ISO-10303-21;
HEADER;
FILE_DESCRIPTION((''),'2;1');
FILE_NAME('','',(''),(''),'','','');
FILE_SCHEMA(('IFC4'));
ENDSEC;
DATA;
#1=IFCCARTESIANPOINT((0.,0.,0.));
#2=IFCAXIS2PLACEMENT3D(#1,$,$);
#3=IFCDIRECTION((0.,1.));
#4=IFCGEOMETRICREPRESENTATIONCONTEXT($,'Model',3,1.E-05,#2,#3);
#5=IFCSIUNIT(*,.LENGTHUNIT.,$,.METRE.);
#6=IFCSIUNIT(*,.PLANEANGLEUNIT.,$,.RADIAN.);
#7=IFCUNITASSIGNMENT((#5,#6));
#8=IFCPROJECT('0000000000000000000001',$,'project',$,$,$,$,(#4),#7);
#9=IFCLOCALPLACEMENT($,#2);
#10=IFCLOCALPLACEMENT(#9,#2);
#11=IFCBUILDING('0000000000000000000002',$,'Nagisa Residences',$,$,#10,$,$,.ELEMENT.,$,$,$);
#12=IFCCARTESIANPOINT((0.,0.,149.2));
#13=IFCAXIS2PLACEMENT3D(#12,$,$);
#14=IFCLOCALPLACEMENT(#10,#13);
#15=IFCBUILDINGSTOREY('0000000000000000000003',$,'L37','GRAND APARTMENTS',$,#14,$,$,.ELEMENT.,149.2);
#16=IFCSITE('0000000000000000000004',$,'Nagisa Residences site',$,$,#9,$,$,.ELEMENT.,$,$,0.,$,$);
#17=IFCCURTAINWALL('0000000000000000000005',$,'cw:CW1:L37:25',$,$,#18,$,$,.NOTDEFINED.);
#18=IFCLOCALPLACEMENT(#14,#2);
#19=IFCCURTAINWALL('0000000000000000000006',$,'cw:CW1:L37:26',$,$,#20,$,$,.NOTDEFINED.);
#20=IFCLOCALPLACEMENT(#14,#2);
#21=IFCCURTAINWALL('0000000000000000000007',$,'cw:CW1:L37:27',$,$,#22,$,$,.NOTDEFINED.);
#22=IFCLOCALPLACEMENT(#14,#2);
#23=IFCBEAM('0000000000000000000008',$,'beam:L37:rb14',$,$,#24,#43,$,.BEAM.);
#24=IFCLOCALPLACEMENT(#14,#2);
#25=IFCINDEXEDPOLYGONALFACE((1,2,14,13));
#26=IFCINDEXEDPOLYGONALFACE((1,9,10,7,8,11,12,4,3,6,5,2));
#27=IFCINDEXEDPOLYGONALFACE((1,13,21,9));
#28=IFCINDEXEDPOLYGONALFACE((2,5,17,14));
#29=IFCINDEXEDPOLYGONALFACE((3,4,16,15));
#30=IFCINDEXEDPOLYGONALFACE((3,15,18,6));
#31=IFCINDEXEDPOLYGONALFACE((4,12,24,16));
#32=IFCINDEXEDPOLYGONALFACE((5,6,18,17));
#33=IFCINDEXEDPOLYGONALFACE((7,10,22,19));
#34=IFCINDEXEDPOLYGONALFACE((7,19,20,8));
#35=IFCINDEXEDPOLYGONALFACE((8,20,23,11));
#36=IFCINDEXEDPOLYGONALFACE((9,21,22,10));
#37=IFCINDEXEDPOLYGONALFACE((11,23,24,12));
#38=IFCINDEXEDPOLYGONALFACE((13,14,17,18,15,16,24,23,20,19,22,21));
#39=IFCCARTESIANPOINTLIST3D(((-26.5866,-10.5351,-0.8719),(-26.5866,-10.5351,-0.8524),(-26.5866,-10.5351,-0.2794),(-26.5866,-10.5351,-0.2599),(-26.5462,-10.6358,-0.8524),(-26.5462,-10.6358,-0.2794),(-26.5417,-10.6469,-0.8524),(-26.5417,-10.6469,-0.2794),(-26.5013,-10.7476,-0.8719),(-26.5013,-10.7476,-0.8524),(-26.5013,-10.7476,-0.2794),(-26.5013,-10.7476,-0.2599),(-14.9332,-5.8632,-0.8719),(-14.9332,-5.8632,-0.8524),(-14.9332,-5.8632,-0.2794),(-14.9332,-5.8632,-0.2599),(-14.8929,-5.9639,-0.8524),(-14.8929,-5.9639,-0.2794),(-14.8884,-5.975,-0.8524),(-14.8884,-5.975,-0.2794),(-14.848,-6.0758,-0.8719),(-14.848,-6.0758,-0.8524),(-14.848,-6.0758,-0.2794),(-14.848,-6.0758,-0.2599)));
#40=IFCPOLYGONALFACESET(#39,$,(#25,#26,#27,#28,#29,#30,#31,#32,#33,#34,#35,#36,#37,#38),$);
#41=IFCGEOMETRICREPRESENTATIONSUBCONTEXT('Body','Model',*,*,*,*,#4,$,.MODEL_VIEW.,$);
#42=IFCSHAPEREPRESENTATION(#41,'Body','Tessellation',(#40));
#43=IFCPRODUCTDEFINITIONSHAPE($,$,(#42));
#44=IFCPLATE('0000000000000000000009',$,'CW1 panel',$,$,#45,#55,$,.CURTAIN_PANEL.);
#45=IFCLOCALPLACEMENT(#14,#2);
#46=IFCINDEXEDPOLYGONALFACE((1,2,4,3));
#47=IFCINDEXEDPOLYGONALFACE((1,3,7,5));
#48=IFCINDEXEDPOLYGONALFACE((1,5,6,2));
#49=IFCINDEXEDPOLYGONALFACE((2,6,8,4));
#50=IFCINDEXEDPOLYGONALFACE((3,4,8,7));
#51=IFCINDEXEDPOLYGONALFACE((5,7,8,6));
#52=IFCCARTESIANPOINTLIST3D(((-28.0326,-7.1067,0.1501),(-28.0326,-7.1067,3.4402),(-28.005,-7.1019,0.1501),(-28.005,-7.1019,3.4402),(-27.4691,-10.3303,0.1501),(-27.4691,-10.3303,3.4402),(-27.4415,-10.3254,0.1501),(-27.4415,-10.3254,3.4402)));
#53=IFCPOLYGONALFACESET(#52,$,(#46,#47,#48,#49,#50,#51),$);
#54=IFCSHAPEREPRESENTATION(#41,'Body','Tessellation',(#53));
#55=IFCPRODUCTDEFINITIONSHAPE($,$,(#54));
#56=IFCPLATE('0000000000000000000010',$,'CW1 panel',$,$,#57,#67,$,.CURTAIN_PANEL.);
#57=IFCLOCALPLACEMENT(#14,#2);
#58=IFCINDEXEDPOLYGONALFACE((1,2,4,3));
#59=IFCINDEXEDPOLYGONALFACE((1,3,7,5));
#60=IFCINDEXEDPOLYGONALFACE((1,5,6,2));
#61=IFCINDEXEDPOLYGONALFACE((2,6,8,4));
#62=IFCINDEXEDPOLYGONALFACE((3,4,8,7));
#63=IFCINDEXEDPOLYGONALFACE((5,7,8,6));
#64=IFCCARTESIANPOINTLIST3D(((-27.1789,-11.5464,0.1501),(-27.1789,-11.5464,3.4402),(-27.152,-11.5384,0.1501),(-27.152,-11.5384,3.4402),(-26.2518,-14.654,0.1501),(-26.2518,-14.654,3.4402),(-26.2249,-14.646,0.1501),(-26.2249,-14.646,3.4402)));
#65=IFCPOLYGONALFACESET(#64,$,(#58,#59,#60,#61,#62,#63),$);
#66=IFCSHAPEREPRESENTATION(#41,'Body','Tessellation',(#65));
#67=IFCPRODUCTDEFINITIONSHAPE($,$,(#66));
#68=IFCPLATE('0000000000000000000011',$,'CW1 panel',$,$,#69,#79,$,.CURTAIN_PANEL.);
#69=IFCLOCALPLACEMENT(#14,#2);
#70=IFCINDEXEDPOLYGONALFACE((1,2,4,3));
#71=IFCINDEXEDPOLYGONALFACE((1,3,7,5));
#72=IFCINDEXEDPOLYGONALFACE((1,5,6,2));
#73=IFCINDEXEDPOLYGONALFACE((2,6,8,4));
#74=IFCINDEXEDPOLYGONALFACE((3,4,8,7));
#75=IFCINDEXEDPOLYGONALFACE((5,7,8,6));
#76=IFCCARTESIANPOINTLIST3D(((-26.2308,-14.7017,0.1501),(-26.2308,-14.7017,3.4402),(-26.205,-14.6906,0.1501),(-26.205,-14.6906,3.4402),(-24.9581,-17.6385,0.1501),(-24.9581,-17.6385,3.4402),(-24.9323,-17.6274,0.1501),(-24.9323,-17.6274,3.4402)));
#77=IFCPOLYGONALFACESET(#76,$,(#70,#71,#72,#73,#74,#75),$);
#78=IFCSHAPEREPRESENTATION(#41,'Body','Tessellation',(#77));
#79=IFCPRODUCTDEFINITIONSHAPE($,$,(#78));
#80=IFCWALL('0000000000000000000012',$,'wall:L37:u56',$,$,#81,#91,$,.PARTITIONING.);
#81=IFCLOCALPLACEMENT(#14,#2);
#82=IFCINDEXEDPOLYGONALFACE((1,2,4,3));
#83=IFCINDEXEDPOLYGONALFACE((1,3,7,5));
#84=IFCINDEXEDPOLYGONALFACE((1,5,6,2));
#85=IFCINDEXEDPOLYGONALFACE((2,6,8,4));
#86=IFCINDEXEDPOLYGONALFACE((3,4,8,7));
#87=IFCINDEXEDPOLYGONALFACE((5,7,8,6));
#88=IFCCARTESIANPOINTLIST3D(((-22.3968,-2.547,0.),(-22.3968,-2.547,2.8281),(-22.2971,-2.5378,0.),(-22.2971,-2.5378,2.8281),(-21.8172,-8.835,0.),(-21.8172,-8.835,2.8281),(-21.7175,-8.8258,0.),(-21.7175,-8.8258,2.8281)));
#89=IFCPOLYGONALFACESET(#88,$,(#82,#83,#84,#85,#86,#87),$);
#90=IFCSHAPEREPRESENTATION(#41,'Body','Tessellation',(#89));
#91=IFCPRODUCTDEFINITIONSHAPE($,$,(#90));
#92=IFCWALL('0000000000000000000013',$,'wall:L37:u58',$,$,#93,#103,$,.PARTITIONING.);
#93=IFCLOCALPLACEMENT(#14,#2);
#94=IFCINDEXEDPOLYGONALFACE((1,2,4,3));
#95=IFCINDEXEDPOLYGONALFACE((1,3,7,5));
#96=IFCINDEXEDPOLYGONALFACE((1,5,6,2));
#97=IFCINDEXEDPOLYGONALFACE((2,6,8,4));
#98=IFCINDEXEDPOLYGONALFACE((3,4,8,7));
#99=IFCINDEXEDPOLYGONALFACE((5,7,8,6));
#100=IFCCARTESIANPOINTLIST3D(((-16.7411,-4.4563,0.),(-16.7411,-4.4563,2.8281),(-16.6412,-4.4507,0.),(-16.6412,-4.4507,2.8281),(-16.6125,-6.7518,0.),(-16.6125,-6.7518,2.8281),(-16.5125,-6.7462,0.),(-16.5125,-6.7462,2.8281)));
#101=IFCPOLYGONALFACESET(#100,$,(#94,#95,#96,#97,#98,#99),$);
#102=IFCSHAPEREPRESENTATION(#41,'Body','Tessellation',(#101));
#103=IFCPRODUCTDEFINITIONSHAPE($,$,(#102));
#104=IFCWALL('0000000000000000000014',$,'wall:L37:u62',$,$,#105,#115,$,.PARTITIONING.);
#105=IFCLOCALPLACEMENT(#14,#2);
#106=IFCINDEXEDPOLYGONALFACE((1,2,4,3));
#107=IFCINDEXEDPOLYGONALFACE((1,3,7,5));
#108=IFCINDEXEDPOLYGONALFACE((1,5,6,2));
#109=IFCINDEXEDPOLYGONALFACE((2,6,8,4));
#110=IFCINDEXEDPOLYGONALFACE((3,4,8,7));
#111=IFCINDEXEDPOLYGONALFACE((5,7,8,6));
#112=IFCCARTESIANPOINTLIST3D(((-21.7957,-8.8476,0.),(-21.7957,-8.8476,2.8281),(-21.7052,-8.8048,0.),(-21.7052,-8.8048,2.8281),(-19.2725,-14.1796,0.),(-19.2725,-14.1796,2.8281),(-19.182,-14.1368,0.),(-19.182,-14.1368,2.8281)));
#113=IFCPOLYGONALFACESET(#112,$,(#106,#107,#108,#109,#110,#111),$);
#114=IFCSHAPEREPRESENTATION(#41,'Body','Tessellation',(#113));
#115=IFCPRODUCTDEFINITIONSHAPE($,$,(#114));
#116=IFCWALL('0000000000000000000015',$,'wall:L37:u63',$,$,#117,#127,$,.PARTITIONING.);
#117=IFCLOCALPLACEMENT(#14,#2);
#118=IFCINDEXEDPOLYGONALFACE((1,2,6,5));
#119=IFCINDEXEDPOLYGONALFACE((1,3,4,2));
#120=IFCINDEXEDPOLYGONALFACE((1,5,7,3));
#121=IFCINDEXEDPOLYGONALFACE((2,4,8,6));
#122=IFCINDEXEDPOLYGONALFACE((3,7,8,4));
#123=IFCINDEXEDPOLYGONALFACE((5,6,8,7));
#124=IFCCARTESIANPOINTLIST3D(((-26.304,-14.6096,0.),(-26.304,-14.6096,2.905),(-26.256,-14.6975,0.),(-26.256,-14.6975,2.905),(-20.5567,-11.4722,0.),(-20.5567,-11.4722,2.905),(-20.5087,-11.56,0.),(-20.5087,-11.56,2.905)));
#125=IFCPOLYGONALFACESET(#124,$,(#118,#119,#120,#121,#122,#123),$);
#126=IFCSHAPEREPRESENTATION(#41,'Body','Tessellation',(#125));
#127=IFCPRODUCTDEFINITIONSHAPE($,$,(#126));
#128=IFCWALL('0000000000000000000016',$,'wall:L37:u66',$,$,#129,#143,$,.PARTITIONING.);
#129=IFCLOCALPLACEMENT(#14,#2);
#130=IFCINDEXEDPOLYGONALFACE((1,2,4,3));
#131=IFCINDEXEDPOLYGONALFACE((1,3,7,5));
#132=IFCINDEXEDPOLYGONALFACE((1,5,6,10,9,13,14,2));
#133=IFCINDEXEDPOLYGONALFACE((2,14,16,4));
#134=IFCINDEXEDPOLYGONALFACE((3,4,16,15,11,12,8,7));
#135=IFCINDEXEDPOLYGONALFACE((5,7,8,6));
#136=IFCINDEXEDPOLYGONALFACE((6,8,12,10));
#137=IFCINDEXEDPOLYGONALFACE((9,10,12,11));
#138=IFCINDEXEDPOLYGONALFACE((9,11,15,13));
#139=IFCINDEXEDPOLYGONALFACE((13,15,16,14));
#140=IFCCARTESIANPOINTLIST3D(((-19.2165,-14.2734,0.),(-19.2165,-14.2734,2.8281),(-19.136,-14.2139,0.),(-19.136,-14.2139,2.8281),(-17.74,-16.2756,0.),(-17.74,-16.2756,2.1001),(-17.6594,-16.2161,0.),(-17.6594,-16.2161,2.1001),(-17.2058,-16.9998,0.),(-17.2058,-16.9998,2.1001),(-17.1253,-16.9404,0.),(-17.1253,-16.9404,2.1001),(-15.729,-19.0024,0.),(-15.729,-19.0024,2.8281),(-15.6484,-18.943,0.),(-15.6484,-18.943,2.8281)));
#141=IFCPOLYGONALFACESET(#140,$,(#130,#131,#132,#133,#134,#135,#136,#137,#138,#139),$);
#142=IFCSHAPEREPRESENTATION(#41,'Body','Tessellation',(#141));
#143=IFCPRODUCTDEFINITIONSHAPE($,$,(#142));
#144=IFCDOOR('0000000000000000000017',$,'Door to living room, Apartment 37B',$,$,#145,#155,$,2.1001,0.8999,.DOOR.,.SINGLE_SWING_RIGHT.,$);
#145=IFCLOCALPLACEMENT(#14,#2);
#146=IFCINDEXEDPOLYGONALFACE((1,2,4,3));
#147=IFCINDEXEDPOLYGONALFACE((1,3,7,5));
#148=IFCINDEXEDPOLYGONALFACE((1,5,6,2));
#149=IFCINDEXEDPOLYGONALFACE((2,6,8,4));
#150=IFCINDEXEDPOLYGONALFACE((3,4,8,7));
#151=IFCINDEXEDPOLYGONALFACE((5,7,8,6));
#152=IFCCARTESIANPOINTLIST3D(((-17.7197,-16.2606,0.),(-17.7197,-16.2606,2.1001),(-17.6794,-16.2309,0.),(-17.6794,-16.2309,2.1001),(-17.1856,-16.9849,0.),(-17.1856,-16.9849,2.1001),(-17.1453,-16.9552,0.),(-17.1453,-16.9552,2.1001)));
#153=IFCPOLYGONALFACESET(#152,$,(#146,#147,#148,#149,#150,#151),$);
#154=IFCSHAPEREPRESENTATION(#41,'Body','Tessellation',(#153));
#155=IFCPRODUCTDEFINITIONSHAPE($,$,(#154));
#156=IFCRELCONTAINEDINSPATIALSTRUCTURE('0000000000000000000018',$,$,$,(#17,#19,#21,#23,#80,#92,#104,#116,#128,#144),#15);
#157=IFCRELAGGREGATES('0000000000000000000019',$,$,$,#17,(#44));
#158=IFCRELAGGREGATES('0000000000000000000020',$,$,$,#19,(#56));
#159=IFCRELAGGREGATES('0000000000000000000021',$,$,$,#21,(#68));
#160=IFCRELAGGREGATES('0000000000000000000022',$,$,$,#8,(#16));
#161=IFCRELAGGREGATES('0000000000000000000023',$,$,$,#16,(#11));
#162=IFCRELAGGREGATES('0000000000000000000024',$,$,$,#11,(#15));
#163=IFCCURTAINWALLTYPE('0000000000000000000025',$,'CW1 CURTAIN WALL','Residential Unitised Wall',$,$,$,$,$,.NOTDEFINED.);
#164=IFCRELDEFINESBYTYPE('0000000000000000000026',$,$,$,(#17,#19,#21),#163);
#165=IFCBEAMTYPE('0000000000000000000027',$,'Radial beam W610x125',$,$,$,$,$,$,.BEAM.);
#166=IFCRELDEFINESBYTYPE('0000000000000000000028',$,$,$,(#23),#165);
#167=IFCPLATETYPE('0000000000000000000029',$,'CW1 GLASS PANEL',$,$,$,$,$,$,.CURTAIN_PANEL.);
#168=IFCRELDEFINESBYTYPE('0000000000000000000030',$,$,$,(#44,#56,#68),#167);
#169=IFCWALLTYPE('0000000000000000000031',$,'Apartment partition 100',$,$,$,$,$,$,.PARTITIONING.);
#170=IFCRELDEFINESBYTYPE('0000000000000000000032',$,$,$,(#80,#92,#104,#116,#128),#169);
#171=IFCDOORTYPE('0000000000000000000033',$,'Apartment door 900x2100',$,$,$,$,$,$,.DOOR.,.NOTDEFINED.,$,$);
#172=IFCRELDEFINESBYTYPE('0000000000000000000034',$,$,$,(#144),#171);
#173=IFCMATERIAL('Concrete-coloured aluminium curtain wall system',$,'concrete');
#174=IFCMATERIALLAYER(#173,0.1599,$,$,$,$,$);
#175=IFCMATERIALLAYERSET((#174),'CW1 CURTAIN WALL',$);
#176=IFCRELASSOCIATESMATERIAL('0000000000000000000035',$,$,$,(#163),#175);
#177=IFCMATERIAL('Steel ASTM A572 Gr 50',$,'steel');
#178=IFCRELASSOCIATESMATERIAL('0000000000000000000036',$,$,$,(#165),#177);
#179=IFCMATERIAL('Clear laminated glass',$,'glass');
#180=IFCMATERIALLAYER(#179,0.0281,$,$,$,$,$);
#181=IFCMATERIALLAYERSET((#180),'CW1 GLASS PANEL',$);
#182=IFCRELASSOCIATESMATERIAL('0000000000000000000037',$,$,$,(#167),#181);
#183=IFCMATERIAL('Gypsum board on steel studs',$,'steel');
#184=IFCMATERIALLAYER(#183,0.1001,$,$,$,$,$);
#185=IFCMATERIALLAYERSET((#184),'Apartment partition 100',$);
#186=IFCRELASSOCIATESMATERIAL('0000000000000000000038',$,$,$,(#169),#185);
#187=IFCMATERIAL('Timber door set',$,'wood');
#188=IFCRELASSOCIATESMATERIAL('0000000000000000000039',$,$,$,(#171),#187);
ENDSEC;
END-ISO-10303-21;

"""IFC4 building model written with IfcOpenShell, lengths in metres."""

from ifc_helpers import new_model, si_unit, direction, frame, frame_2d, origin, origin_2d, place, context, subcontext, project, spatial, rectangle, i_section, extrude, material, layer, layer_set, material_profile, profile_set, type_object, element, fill, aggregate, save


model = new_model("IFC4")

# Units and contexts
model_context = context("Model", 3, precision=1e-05, world=origin(), true_north=direction((0.0, 1.0)))
body_context = subcontext(model_context, "Body", "Model", "MODEL_VIEW")
ifc_project = project(units=[si_unit("LENGTHUNIT", "METRE"), si_unit("PLANEANGLEUNIT", "RADIAN")], contexts=[model_context])

# Site, building, storey
site_placement = place(None, origin())
site = spatial("IfcSite", under=ifc_project, at=site_placement, Name="Nagisa Residences site", CompositionType="ELEMENT", RefElevation=0.0)
building_placement = place(site_placement, origin())
building = spatial("IfcBuilding", under=site, at=building_placement, Name="Nagisa Residences", CompositionType="ELEMENT")
storey_placement = place(building_placement, frame((0.0, 0.0, 149.2)))
storey = spatial("IfcBuildingStorey", under=building, at=storey_placement, Name="L37", Description="GRAND APARTMENTS", CompositionType="ELEMENT", Elevation=149.2)

# Curtain walls
ifc_material_1 = material(Name="Concrete-coloured aluminium curtain wall system", Category="concrete")
ifc_layer_1 = layer(ifc_material_1, 0.1599)
ifc_layer_set_1 = layer_set([ifc_layer_1], Name="CW1 CURTAIN WALL")
curtain_wall_type = type_object("IfcCurtainWallType", Name="CW1 CURTAIN WALL", Description="Residential Unitised Wall", PredefinedType="NOTDEFINED", material=ifc_layer_set_1)
curtain_wall_1_placement = place(storey_placement, origin())
curtain_wall_1 = element("IfcCurtainWall", 1, at=curtain_wall_1_placement, inside=storey, type_object=curtain_wall_type, Name="cw:CW1:L37:25", PredefinedType="NOTDEFINED")
curtain_wall_2_placement = place(storey_placement, origin())
curtain_wall_2 = element("IfcCurtainWall", 2, at=curtain_wall_2_placement, inside=storey, type_object=curtain_wall_type, Name="cw:CW1:L37:26", PredefinedType="NOTDEFINED")
curtain_wall_3_placement = place(storey_placement, origin())
curtain_wall_3 = element("IfcCurtainWall", 3, at=curtain_wall_3_placement, inside=storey, type_object=curtain_wall_type, Name="cw:CW1:L37:27", PredefinedType="NOTDEFINED")

# Beam
ifc_material_2 = material(Name="Steel ASTM A572 Gr 50", Category="steel")
ifc_material_profile_1 = material_profile(ifc_material_2, i_section(OverallWidth=0.229, OverallDepth=0.6121, WebThickness=0.012, FlangeThickness=0.0195, at=origin_2d()), Name="W610x125")
ifc_profile_set_1 = profile_set([ifc_material_profile_1], Name="Steel ASTM A572 Gr 50")
beam_type_1 = type_object("IfcBeamType", Name="Radial beam W610x125", PredefinedType="BEAM", material=ifc_profile_set_1)
beam_1_placement = place(storey_placement, frame((-26.5439, -10.6414, -0.5659), z_axis=(0.928187, 0.372115, 0.0), x_axis=(-0.372115, 0.928187, 0.0)))
element("IfcBeam", 4, at=beam_1_placement, inside=storey, type_object=beam_type_1, Name="beam:L37:rb14", PredefinedType="BEAM", context=body_context, shape_type="SweptSolid", body=[
    extrude(i_section(OverallWidth=0.229, OverallDepth=0.6121, WebThickness=0.012, FlangeThickness=0.0195, at=origin_2d()), origin(), (0.0, 0.0, 1.0), 12.5549),
])

# Plates
ifc_material_3 = material(Name="Clear laminated glass", Category="glass")
ifc_layer_2 = layer(ifc_material_3, 0.0281)
ifc_layer_set_2 = layer_set([ifc_layer_2], Name="CW1 GLASS PANEL")
plate_type = type_object("IfcPlateType", Name="CW1 GLASS PANEL", PredefinedType="CURTAIN_PANEL", material=ifc_layer_set_2)
plate_1_placement = place(storey_placement, frame((-27.7371, -8.7161, 0.1501), z_axis=(0.0, 0.0, 1.0), x_axis=(0.172191, -0.985064, 0.0)))
plate_1 = element("IfcPlate", 5, at=plate_1_placement, type_object=plate_type, Name="CW1 panel", PredefinedType="CURTAIN_PANEL", context=body_context, shape_type="SweptSolid", body=[
    extrude(rectangle(XDim=3.2725, YDim=0.0281, at=origin_2d()), origin(), (0.0, 0.0, 1.0), 3.29),
])
aggregate(curtain_wall_1, [plate_1])
plate_2_placement = place(storey_placement, frame((-26.7019, -13.0962, 0.1501), z_axis=(0.0, 0.0, 1.0), x_axis=(0.28586, -0.958271, 0.0)))
plate_2 = element("IfcPlate", 6, at=plate_2_placement, type_object=plate_type, Name="CW1 panel", PredefinedType="CURTAIN_PANEL", context=body_context, shape_type="SweptSolid", body=[
    extrude(rectangle(XDim=3.2429, YDim=0.0281, at=origin_2d()), origin(), (0.0, 0.0, 1.0), 3.29),
])
aggregate(curtain_wall_2, [plate_2])
plate_3_placement = place(storey_placement, frame((-25.5815, -16.1646, 0.1501), z_axis=(0.0, 0.0, 1.0), x_axis=(0.397636, -0.917543, 0.0)))
plate_3 = element("IfcPlate", 7, at=plate_3_placement, type_object=plate_type, Name="CW1 panel", PredefinedType="CURTAIN_PANEL", context=body_context, shape_type="SweptSolid", body=[
    extrude(rectangle(XDim=3.2007, YDim=0.0281, at=origin_2d()), origin(), (0.0, 0.0, 1.0), 3.29),
])
aggregate(curtain_wall_3, [plate_3])

# Walls
ifc_material_4 = material(Name="Gypsum board on steel studs", Category="steel")
ifc_layer_3 = layer(ifc_material_4, 0.1001)
ifc_layer_set_3 = layer_set([ifc_layer_3], Name="Apartment partition 100")
wall_type_1 = type_object("IfcWallType", Name="Apartment partition 100", PredefinedType="PARTITIONING", material=ifc_layer_set_3)
wall_1_placement = place(storey_placement, frame((-22.3469, -2.5425, 0.0), z_axis=(0.0, 0.0, 1.0), x_axis=(0.091784, -0.995779, 0.0)))
element("IfcWall", 8, at=wall_1_placement, inside=storey, type_object=wall_type_1, Name="wall:L37:u56", PredefinedType="PARTITIONING", context=body_context, shape_type="SweptSolid", body=[
    extrude(rectangle(XDim=6.3147, YDim=0.1001, at=frame_2d((3.1572, 0.0))), origin(), (0.0, 0.0, 1.0), 2.8281),
])
wall_2_placement = place(storey_placement, frame((-16.6912, -4.4536, 0.0), z_axis=(0.0, 0.0, 1.0), x_axis=(0.055964, -0.998433, 0.0)))
element("IfcWall", 9, at=wall_2_placement, inside=storey, type_object=wall_type_1, Name="wall:L37:u58", PredefinedType="PARTITIONING", context=body_context, shape_type="SweptSolid", body=[
    extrude(rectangle(XDim=2.2991, YDim=0.1001, at=frame_2d((1.1494, 0.0))), origin(), (0.0, 0.0, 1.0), 2.8281),
])
wall_3_placement = place(storey_placement, frame((-21.7505, -8.8262, 0.0), z_axis=(0.0, 0.0, 1.0), x_axis=(0.427739, -0.903902, 0.0)))
element("IfcWall", 10, at=wall_3_placement, inside=storey, type_object=wall_type_1, Name="wall:L37:u62", PredefinedType="PARTITIONING", context=body_context, shape_type="SweptSolid", body=[
    extrude(rectangle(XDim=5.8989, YDim=0.1001, at=frame_2d((2.9495, 0.0))), origin(), (0.0, 0.0, 1.0), 2.8281),
])
wall_4_placement = place(storey_placement, frame((-20.5327, -11.5161, 0.0), z_axis=(0.0, 0.0, 1.0), x_axis=(-0.877732, -0.479153, 0.0)))
element("IfcWall", 11, at=wall_4_placement, inside=storey, type_object=wall_type_1, Name="wall:L37:u63", PredefinedType="PARTITIONING", context=body_context, shape_type="SweptSolid", body=[
    extrude(rectangle(XDim=6.5479, YDim=0.1001, at=frame_2d((3.2739, 0.0))), origin(), (0.0, 0.0, 1.0), 2.905),
])

# Wall, opening, door
wall_5_placement = place(storey_placement, frame((-19.1763, -14.2437, 0.0), z_axis=(0.0, 0.0, 1.0), x_axis=(0.593532, -0.80481, 0.0)))
wall_5 = element("IfcWall", 12, at=wall_5_placement, inside=storey, type_object=wall_type_1, Name="wall:L37:u66", PredefinedType="PARTITIONING", context=body_context, shape_type="SweptSolid", body=[
    extrude(rectangle(XDim=5.876, YDim=0.1001, at=frame_2d((2.938, 0.0))), origin(), (0.0, 0.0, 1.0), 2.8281),
])
opening_1_placement = place(wall_5_placement, frame((2.4878, 0.0, 0.0)))
opening_1 = element("IfcOpeningElement", 13, at=opening_1_placement, cuts=wall_5, PredefinedType="OPENING", context=body_context, shape_type="SweptSolid", body=[
    extrude(rectangle(XDim=0.8999, YDim=2.1001, at=frame_2d((0.45, 1.05))), frame((0.0, 0.0601, 0.0), z_axis=(0.0, -1.0, 0.0), x_axis=(1.0, 0.0, 0.0)), (0.0, 0.0, 1.0), 0.1201),
])
ifc_material_5 = material(Name="Timber door set", Category="wood")
door_type_1 = type_object("IfcDoorType", Name="Apartment door 900x2100", OperationType="NOTDEFINED", PredefinedType="DOOR", material=ifc_material_5)
door_1_placement = place(opening_1_placement, frame((0.8999, 0.0, 0.0), x_axis=(-1.0, 0.0, 0.0)))
door_1 = element("IfcDoor", 14, at=door_1_placement, inside=storey, type_object=door_type_1, Name="Door to living room, Apartment 37B", OperationType="SINGLE_SWING_RIGHT", OverallHeight=2.1001, OverallWidth=0.8999, PredefinedType="DOOR", context=body_context, shape_type="SweptSolid", body=[
    extrude(rectangle(XDim=0.8999, YDim=2.1001, at=frame_2d((0.45, 1.05))), frame((0.0, 0.0249, 0.0), z_axis=(0.0, -1.0, 0.0), x_axis=(1.0, 0.0, 0.0)), (0.0, 0.0, 1.0), 0.05),
])
fill(opening_1, door_1)

save(model, "model.ifc")
